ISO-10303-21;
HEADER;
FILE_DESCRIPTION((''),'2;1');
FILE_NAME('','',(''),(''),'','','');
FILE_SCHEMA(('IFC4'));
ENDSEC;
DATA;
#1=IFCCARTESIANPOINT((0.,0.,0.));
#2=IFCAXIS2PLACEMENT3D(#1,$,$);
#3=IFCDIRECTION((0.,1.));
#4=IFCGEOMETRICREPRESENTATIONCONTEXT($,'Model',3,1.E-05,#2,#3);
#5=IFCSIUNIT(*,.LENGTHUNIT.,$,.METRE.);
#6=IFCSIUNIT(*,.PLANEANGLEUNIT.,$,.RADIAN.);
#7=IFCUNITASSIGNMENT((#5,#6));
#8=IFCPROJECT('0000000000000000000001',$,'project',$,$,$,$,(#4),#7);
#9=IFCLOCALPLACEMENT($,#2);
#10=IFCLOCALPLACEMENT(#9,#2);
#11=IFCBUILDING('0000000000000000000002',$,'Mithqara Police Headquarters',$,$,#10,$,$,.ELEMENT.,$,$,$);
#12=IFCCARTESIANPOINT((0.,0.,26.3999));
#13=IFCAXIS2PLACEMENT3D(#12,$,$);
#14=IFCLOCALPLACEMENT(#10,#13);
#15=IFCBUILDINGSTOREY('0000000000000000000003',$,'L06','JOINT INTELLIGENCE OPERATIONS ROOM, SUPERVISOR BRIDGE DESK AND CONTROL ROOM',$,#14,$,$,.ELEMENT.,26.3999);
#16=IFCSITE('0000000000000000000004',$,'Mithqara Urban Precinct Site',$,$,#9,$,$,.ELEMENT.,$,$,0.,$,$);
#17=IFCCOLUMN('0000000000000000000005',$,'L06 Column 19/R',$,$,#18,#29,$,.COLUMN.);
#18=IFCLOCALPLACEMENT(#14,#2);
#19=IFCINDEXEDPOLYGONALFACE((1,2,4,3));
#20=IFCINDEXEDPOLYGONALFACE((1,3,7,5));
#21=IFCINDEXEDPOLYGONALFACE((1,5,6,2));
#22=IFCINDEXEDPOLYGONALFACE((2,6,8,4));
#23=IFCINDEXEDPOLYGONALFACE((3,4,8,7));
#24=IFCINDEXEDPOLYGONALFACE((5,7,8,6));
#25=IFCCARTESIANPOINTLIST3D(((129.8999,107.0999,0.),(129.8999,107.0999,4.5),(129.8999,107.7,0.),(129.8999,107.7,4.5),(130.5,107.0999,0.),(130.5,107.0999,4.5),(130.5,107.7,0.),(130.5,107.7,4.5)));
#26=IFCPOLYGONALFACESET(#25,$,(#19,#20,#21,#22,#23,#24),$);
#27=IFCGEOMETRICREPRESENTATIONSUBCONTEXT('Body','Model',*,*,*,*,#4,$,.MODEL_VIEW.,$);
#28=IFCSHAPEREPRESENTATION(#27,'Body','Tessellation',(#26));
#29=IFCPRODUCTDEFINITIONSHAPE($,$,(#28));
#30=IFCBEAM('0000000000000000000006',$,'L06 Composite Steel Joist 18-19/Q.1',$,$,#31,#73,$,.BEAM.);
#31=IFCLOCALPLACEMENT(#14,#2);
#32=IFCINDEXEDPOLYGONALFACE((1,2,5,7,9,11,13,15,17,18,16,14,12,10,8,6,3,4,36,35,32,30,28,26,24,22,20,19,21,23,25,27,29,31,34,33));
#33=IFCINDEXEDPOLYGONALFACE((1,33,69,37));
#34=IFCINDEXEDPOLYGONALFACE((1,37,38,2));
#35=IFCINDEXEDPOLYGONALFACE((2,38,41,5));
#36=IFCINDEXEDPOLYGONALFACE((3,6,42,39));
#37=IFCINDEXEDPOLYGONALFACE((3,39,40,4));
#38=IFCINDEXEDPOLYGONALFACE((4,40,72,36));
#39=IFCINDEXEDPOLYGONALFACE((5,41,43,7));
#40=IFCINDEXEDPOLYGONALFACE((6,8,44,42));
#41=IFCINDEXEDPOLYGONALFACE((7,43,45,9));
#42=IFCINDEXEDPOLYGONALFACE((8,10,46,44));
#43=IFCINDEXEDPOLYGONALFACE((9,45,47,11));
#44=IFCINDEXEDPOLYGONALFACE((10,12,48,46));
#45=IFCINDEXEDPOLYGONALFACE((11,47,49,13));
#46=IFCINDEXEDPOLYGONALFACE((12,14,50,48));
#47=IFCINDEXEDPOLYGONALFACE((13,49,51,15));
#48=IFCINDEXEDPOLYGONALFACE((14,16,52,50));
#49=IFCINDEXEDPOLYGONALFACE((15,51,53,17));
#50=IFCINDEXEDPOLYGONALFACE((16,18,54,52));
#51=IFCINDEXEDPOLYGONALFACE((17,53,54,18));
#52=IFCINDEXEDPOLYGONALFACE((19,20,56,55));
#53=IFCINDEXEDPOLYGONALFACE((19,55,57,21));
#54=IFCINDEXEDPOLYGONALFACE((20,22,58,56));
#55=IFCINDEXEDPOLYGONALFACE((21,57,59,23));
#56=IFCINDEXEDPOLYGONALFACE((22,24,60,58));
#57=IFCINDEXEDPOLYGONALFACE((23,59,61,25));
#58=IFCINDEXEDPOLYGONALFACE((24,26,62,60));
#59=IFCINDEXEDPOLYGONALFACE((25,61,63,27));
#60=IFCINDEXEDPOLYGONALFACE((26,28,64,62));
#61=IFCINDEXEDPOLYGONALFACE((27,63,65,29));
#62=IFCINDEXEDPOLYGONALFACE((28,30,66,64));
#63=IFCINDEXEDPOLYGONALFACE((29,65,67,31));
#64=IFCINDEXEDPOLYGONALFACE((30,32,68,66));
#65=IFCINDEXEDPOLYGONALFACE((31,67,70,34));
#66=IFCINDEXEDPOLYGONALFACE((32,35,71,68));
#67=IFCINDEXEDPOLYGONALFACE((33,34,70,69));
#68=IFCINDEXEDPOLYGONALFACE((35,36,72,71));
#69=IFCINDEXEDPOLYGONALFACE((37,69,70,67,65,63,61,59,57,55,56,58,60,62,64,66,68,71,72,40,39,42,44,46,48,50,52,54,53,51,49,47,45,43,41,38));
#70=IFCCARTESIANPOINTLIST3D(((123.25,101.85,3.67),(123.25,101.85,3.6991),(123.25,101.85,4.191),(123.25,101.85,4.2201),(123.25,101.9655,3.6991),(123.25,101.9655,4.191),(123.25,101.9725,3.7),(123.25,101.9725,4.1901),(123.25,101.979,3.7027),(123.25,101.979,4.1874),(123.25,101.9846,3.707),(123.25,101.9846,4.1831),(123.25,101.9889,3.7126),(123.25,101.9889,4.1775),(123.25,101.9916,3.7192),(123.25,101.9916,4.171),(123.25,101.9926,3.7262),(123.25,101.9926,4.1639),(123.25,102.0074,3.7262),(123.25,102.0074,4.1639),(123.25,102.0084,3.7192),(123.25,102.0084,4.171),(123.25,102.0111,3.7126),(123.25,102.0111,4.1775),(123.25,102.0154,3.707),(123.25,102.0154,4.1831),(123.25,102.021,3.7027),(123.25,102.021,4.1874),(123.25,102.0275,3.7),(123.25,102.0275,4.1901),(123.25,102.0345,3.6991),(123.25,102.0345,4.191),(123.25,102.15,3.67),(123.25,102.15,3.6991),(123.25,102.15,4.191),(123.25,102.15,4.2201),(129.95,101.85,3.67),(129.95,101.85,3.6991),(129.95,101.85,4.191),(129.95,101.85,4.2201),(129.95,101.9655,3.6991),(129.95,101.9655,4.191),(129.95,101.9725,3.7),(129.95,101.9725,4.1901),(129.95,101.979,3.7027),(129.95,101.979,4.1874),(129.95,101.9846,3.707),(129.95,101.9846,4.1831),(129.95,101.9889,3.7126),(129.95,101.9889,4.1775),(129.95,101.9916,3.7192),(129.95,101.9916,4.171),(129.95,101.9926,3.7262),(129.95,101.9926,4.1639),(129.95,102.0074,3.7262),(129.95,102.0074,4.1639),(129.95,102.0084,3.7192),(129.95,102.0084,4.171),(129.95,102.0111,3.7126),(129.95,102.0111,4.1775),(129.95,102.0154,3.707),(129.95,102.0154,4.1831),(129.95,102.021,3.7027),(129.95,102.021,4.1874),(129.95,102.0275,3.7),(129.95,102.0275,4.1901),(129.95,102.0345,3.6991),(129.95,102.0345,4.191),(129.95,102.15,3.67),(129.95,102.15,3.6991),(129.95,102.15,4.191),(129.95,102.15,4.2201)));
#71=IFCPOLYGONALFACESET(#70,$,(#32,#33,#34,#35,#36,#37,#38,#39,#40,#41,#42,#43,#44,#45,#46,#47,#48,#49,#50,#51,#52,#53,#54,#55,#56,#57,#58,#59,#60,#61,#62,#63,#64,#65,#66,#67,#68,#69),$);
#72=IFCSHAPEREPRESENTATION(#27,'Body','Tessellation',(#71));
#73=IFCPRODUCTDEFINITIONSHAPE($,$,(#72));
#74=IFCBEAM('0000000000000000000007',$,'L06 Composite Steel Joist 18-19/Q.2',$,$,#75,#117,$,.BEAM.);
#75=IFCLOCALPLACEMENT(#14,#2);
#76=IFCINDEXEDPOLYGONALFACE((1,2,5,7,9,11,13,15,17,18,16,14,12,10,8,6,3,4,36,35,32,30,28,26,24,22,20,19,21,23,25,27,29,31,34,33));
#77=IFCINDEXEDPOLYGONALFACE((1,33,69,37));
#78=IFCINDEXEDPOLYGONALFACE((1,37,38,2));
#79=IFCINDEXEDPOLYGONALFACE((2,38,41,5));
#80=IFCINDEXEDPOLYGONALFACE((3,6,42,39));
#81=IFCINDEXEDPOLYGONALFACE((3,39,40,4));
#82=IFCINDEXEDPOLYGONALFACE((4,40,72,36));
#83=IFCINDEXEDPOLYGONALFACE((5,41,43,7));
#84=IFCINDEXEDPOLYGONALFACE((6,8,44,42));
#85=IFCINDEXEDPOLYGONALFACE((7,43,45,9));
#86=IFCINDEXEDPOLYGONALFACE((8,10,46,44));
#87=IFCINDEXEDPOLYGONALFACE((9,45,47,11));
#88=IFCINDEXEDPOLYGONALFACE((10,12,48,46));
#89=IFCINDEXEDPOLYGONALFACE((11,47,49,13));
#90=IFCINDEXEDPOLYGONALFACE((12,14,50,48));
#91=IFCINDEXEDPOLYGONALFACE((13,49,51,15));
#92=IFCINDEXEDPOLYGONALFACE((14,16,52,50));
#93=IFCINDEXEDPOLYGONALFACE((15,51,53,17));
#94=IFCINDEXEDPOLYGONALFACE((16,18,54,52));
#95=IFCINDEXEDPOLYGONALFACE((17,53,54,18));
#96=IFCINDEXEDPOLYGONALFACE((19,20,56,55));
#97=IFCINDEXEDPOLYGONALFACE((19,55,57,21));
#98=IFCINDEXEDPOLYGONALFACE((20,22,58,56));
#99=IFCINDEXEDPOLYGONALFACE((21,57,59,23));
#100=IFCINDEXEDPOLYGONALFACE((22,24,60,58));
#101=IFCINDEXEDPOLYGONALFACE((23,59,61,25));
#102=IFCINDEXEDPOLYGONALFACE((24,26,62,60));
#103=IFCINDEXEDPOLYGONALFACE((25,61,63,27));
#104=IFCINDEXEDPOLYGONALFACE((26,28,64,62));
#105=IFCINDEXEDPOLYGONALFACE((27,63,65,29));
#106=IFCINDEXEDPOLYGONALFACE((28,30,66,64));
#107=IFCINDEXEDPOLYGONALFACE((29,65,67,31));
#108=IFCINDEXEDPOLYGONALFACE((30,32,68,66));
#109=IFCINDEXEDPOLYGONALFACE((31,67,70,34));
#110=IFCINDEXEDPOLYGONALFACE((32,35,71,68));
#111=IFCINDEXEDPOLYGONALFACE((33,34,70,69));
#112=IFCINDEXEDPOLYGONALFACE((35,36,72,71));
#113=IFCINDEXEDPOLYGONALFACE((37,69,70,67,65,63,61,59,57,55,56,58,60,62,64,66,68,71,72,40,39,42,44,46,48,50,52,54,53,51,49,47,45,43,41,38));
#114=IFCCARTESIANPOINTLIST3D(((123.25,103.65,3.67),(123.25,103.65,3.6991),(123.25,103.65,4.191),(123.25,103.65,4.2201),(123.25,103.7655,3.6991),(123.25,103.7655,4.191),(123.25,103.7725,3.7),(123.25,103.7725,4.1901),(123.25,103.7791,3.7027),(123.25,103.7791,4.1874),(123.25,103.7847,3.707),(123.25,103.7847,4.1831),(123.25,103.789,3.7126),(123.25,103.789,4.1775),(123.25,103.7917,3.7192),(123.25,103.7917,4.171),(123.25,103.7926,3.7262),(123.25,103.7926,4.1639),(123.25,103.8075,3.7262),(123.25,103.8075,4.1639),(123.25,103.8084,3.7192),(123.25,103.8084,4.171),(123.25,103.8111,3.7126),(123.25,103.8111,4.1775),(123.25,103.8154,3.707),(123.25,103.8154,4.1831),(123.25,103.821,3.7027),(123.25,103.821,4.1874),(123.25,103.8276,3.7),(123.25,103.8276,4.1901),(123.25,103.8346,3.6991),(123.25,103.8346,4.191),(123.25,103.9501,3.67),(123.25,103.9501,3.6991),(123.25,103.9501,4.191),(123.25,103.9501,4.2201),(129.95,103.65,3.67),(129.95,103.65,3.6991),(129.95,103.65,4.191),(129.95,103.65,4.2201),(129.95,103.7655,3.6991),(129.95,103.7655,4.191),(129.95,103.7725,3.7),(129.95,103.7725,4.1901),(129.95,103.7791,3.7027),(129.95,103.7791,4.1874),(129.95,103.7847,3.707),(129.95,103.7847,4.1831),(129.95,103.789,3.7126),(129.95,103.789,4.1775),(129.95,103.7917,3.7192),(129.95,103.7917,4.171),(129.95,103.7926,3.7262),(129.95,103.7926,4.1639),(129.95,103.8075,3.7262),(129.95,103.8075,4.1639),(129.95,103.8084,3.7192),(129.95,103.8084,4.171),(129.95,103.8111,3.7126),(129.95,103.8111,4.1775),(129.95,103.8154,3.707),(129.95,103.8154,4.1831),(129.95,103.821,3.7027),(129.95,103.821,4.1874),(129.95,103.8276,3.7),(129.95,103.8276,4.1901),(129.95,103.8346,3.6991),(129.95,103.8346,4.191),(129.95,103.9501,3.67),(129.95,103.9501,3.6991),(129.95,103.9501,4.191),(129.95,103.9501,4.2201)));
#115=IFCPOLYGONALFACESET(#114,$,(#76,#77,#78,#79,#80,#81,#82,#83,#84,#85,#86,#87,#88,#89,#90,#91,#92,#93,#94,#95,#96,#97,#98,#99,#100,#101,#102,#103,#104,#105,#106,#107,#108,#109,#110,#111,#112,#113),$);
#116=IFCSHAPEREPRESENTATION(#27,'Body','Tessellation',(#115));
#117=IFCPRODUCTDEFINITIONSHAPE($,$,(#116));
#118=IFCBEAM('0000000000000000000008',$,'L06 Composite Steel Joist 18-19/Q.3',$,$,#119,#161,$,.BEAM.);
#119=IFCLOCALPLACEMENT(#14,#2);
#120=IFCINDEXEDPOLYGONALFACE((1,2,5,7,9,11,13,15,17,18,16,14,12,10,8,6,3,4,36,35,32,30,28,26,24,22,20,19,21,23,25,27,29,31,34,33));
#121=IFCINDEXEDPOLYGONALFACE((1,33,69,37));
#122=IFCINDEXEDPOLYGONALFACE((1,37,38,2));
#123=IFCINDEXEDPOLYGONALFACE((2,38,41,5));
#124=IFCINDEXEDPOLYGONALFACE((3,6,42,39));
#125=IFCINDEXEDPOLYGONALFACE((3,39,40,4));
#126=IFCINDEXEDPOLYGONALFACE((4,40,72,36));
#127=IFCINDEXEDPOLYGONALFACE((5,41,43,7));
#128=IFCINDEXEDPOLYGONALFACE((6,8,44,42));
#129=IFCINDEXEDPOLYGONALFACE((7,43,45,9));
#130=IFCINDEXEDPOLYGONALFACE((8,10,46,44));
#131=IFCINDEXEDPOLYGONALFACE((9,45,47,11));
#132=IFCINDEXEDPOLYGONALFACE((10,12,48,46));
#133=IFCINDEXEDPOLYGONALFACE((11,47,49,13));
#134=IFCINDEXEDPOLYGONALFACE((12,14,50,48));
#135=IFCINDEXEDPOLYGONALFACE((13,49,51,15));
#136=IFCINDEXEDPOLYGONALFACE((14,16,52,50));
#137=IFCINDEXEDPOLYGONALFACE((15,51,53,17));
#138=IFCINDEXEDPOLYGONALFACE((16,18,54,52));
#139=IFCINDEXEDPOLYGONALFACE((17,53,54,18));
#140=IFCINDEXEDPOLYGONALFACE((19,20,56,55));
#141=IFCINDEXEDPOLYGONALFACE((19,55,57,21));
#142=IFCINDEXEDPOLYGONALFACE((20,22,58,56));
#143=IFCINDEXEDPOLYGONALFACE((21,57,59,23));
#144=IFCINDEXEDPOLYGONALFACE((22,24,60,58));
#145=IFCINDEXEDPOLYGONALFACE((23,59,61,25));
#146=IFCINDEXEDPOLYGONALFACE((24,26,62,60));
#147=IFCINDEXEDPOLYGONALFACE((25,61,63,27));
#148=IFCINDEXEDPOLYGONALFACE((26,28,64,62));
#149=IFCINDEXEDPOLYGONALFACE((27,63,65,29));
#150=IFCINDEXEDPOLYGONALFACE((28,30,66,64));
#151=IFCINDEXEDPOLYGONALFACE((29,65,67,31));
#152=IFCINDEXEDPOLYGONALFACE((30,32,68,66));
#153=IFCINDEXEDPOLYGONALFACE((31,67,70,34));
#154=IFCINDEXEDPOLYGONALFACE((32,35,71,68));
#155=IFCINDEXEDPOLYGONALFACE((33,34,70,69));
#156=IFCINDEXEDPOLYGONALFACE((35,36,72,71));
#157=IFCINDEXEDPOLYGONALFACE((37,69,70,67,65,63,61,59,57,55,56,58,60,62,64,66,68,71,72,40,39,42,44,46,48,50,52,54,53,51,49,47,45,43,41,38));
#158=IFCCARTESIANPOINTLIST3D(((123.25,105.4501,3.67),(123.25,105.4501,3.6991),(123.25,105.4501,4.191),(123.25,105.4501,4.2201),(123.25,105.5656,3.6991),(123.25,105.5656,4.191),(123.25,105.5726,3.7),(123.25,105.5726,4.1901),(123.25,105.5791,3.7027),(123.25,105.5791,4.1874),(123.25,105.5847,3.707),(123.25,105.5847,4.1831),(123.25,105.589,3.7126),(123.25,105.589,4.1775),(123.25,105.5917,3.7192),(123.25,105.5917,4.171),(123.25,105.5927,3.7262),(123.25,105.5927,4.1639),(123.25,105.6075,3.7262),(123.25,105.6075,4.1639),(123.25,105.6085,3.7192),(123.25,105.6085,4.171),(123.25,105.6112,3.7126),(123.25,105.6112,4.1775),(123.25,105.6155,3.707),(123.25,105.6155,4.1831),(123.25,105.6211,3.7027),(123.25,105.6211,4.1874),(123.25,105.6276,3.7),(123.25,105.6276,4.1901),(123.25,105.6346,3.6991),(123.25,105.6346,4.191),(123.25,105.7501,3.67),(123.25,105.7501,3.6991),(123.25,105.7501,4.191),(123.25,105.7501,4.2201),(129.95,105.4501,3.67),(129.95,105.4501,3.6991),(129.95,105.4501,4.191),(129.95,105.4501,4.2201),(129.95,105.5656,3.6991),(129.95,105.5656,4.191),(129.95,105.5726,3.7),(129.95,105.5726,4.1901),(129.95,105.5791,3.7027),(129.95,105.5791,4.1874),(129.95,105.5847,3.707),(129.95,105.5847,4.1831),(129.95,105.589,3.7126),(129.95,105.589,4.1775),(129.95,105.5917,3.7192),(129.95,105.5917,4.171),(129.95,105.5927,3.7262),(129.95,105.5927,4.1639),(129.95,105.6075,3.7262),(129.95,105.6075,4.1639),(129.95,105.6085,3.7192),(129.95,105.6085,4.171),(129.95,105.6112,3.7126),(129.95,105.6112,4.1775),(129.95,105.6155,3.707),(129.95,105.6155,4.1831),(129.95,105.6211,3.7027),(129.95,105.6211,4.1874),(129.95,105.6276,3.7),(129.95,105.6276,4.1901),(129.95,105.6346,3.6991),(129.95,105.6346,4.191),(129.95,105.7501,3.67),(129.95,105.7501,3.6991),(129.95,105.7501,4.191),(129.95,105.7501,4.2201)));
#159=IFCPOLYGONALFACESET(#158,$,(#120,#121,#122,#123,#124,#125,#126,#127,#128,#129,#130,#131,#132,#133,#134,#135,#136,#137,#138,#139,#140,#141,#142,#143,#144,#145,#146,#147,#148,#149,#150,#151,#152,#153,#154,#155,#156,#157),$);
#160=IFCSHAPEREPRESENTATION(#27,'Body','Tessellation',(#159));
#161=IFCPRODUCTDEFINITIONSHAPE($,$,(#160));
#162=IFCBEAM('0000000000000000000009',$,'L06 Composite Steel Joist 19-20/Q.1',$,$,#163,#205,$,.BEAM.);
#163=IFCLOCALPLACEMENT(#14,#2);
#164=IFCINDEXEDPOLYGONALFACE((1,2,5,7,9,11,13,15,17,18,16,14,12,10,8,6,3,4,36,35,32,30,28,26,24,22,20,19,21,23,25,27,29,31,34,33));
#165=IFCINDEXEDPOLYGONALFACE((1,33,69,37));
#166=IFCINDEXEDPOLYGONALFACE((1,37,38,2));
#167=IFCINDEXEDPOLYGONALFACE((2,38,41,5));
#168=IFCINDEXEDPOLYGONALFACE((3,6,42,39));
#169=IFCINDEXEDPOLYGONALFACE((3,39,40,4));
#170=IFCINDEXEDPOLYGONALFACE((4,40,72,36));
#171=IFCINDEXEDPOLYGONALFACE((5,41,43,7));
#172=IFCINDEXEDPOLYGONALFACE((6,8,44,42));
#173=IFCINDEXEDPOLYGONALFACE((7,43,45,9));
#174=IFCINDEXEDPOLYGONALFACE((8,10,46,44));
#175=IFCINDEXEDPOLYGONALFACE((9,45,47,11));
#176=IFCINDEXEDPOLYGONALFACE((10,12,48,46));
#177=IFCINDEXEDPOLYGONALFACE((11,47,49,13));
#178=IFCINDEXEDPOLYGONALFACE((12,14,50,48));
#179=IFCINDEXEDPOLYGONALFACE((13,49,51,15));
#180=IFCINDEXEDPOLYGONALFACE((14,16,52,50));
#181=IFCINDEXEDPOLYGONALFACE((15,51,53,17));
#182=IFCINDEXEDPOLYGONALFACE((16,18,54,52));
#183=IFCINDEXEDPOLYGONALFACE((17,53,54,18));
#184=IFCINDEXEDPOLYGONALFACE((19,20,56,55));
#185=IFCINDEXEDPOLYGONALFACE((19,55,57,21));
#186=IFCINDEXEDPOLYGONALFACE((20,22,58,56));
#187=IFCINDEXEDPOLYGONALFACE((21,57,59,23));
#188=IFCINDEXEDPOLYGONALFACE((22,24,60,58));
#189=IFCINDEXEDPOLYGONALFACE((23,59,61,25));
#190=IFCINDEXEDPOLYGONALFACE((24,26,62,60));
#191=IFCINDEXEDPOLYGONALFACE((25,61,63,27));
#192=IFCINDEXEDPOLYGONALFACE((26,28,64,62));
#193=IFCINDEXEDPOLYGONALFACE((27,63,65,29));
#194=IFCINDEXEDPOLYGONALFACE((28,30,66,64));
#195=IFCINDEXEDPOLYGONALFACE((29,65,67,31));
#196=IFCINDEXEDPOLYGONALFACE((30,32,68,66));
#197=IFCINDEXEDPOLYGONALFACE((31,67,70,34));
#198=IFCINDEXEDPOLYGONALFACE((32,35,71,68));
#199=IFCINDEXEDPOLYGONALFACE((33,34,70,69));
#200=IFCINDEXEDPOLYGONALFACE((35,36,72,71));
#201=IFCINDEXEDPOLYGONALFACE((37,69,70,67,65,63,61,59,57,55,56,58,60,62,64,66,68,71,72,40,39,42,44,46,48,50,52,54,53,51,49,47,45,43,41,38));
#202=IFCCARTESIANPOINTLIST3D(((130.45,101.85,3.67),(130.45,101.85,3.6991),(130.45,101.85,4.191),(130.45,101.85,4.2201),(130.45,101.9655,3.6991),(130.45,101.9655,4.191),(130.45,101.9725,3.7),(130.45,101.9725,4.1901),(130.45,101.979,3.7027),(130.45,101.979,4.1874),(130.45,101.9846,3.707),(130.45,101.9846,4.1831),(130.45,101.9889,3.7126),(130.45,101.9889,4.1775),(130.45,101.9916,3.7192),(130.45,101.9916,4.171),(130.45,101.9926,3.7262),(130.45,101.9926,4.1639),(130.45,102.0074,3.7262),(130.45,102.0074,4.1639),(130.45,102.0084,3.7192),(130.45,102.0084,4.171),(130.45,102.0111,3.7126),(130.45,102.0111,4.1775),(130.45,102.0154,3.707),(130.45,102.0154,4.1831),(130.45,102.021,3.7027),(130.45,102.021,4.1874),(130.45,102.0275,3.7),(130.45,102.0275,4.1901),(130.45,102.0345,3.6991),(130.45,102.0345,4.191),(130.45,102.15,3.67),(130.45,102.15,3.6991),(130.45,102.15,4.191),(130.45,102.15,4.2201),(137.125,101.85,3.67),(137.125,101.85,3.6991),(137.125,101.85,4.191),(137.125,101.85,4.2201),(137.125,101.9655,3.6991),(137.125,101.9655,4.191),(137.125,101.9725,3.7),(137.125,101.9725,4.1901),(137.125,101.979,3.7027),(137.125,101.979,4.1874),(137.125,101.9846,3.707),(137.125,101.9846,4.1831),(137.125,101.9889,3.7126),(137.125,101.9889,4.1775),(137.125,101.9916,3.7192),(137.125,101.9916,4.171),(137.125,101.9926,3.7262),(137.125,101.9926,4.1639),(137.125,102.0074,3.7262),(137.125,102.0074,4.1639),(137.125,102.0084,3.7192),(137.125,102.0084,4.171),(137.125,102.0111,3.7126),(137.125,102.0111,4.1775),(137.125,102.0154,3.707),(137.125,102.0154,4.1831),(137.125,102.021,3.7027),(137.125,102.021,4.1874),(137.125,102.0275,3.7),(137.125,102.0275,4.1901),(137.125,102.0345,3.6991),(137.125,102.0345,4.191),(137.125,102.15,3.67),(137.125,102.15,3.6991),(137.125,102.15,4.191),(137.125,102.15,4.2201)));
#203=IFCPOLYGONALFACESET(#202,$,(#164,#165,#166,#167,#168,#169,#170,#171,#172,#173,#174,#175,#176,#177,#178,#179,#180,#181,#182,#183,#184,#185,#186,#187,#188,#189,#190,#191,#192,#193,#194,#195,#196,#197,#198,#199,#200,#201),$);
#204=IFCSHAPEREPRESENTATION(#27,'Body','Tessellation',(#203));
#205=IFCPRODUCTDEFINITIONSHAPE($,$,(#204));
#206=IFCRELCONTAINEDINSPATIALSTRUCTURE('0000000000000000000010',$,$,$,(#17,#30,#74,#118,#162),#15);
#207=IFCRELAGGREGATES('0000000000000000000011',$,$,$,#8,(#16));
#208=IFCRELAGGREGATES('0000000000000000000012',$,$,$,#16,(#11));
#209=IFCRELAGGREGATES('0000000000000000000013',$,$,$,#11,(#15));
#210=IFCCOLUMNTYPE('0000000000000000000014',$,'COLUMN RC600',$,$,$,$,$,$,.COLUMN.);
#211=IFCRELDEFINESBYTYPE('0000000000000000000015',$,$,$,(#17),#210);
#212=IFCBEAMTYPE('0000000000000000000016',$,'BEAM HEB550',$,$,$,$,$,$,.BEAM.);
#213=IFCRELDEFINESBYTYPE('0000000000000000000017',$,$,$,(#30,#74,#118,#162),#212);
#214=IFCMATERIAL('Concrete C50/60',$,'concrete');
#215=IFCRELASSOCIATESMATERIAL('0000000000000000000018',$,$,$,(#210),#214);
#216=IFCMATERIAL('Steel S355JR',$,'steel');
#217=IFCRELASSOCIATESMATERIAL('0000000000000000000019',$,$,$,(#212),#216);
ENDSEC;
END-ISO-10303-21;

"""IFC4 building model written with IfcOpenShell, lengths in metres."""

from ifc_helpers import new_model, si_unit, direction, frame, origin, origin_2d, place, context, subcontext, project, spatial, rectangle, i_section, extrude, material, material_profile, profile_set, type_object, element, save


model = new_model("IFC4")

# Units and contexts
model_context = context("Model", 3, precision=1e-05, world=origin(), true_north=direction((0.0, 1.0)))
body_context = subcontext(model_context, "Body", "Model", "MODEL_VIEW")
ifc_project = project(units=[si_unit("LENGTHUNIT", "METRE"), si_unit("PLANEANGLEUNIT", "RADIAN")], contexts=[model_context])

# Site, building, storey
site_placement = place(None, origin())
site = spatial("IfcSite", under=ifc_project, at=site_placement, Name="Mithqara Urban Precinct Site", CompositionType="ELEMENT", RefElevation=0.0)
building_placement = place(site_placement, origin())
building = spatial("IfcBuilding", under=site, at=building_placement, Name="Mithqara Police Headquarters", CompositionType="ELEMENT")
storey_placement = place(building_placement, frame((0.0, 0.0, 26.3999)))
storey = spatial("IfcBuildingStorey", under=building, at=storey_placement, Name="L06", Description="JOINT INTELLIGENCE OPERATIONS ROOM, SUPERVISOR BRIDGE DESK AND CONTROL ROOM", CompositionType="ELEMENT", Elevation=26.3999)

# Column
ifc_material_1 = material(Name="Concrete C50/60", Category="concrete")
ifc_material_profile_1 = material_profile(ifc_material_1, rectangle(XDim=0.6001, YDim=0.6001, at=origin_2d()), Name="RC 600x600")
ifc_profile_set_1 = profile_set([ifc_material_profile_1], Name="Concrete C50/60")
column_type = type_object("IfcColumnType", Name="COLUMN RC600", PredefinedType="COLUMN", material=ifc_profile_set_1)
column_placement = place(storey_placement, frame((130.2, 107.3999, 0.0), z_axis=(0.0, 0.0, 1.0), x_axis=(1.0, 0.0, 0.0)))
element("IfcColumn", 1, at=column_placement, inside=storey, type_object=column_type, Name="L06 Column 19/R", PredefinedType="COLUMN", context=body_context, shape_type="SweptSolid", body=[
    extrude(rectangle(XDim=0.6001, YDim=0.6001, at=origin_2d()), origin(), (0.0, 0.0, 1.0), 4.5),
])

# Beams
ifc_material_2 = material(Name="Steel S355JR", Category="steel")
ifc_material_profile_2 = material_profile(ifc_material_2, i_section(OverallWidth=0.3, OverallDepth=0.55, WebThickness=0.0149, FlangeThickness=0.0291, FilletRadius=0.0271, at=origin_2d()), Name="HEB 550")
ifc_profile_set_2 = profile_set([ifc_material_profile_2], Name="Steel S355JR")
beam_type_1 = type_object("IfcBeamType", Name="BEAM HEB550", PredefinedType="BEAM", material=ifc_profile_set_2)
for number, where, z_axis, x_axis, name in (
    (2, (123.25, 102.0, 3.9451), (1.0, 0.0, 0.0), (0.0, 1.0, 0.0), "L06 Composite Steel Joist 18-19/Q.1"),
    (3, (123.25, 103.8, 3.9451), (1.0, 0.0, 0.0), (0.0, 1.0, 0.0), "L06 Composite Steel Joist 18-19/Q.2"),
    (4, (123.25, 105.6001, 3.9451), (1.0, 0.0, 0.0), (0.0, 1.0, 0.0), "L06 Composite Steel Joist 18-19/Q.3"),
):
    element("IfcBeam", number, at=place(storey_placement, frame(where, z_axis=z_axis, x_axis=x_axis)), inside=storey, type_object=beam_type_1, Name=name, PredefinedType="BEAM", context=body_context, shape_type="SweptSolid", body=[
        extrude(i_section(OverallWidth=0.3, OverallDepth=0.55, WebThickness=0.0149, FlangeThickness=0.0291, FilletRadius=0.0271, at=origin_2d()), origin(), (0.0, 0.0, 1.0), 6.7),
    ])
for number, where, z_axis, x_axis, name in (
    (5, (130.45, 102.0, 3.9451), (1.0, 0.0, 0.0), (0.0, 1.0, 0.0), "L06 Composite Steel Joist 19-20/Q.1"),
):
    element("IfcBeam", number, at=place(storey_placement, frame(where, z_axis=z_axis, x_axis=x_axis)), inside=storey, type_object=beam_type_1, Name=name, PredefinedType="BEAM", context=body_context, shape_type="SweptSolid", body=[
        extrude(i_section(OverallWidth=0.3, OverallDepth=0.55, WebThickness=0.0149, FlangeThickness=0.0291, FilletRadius=0.0271, at=origin_2d()), origin(), (0.0, 0.0, 1.0), 6.675),
    ])

save(model, "model.ifc")
